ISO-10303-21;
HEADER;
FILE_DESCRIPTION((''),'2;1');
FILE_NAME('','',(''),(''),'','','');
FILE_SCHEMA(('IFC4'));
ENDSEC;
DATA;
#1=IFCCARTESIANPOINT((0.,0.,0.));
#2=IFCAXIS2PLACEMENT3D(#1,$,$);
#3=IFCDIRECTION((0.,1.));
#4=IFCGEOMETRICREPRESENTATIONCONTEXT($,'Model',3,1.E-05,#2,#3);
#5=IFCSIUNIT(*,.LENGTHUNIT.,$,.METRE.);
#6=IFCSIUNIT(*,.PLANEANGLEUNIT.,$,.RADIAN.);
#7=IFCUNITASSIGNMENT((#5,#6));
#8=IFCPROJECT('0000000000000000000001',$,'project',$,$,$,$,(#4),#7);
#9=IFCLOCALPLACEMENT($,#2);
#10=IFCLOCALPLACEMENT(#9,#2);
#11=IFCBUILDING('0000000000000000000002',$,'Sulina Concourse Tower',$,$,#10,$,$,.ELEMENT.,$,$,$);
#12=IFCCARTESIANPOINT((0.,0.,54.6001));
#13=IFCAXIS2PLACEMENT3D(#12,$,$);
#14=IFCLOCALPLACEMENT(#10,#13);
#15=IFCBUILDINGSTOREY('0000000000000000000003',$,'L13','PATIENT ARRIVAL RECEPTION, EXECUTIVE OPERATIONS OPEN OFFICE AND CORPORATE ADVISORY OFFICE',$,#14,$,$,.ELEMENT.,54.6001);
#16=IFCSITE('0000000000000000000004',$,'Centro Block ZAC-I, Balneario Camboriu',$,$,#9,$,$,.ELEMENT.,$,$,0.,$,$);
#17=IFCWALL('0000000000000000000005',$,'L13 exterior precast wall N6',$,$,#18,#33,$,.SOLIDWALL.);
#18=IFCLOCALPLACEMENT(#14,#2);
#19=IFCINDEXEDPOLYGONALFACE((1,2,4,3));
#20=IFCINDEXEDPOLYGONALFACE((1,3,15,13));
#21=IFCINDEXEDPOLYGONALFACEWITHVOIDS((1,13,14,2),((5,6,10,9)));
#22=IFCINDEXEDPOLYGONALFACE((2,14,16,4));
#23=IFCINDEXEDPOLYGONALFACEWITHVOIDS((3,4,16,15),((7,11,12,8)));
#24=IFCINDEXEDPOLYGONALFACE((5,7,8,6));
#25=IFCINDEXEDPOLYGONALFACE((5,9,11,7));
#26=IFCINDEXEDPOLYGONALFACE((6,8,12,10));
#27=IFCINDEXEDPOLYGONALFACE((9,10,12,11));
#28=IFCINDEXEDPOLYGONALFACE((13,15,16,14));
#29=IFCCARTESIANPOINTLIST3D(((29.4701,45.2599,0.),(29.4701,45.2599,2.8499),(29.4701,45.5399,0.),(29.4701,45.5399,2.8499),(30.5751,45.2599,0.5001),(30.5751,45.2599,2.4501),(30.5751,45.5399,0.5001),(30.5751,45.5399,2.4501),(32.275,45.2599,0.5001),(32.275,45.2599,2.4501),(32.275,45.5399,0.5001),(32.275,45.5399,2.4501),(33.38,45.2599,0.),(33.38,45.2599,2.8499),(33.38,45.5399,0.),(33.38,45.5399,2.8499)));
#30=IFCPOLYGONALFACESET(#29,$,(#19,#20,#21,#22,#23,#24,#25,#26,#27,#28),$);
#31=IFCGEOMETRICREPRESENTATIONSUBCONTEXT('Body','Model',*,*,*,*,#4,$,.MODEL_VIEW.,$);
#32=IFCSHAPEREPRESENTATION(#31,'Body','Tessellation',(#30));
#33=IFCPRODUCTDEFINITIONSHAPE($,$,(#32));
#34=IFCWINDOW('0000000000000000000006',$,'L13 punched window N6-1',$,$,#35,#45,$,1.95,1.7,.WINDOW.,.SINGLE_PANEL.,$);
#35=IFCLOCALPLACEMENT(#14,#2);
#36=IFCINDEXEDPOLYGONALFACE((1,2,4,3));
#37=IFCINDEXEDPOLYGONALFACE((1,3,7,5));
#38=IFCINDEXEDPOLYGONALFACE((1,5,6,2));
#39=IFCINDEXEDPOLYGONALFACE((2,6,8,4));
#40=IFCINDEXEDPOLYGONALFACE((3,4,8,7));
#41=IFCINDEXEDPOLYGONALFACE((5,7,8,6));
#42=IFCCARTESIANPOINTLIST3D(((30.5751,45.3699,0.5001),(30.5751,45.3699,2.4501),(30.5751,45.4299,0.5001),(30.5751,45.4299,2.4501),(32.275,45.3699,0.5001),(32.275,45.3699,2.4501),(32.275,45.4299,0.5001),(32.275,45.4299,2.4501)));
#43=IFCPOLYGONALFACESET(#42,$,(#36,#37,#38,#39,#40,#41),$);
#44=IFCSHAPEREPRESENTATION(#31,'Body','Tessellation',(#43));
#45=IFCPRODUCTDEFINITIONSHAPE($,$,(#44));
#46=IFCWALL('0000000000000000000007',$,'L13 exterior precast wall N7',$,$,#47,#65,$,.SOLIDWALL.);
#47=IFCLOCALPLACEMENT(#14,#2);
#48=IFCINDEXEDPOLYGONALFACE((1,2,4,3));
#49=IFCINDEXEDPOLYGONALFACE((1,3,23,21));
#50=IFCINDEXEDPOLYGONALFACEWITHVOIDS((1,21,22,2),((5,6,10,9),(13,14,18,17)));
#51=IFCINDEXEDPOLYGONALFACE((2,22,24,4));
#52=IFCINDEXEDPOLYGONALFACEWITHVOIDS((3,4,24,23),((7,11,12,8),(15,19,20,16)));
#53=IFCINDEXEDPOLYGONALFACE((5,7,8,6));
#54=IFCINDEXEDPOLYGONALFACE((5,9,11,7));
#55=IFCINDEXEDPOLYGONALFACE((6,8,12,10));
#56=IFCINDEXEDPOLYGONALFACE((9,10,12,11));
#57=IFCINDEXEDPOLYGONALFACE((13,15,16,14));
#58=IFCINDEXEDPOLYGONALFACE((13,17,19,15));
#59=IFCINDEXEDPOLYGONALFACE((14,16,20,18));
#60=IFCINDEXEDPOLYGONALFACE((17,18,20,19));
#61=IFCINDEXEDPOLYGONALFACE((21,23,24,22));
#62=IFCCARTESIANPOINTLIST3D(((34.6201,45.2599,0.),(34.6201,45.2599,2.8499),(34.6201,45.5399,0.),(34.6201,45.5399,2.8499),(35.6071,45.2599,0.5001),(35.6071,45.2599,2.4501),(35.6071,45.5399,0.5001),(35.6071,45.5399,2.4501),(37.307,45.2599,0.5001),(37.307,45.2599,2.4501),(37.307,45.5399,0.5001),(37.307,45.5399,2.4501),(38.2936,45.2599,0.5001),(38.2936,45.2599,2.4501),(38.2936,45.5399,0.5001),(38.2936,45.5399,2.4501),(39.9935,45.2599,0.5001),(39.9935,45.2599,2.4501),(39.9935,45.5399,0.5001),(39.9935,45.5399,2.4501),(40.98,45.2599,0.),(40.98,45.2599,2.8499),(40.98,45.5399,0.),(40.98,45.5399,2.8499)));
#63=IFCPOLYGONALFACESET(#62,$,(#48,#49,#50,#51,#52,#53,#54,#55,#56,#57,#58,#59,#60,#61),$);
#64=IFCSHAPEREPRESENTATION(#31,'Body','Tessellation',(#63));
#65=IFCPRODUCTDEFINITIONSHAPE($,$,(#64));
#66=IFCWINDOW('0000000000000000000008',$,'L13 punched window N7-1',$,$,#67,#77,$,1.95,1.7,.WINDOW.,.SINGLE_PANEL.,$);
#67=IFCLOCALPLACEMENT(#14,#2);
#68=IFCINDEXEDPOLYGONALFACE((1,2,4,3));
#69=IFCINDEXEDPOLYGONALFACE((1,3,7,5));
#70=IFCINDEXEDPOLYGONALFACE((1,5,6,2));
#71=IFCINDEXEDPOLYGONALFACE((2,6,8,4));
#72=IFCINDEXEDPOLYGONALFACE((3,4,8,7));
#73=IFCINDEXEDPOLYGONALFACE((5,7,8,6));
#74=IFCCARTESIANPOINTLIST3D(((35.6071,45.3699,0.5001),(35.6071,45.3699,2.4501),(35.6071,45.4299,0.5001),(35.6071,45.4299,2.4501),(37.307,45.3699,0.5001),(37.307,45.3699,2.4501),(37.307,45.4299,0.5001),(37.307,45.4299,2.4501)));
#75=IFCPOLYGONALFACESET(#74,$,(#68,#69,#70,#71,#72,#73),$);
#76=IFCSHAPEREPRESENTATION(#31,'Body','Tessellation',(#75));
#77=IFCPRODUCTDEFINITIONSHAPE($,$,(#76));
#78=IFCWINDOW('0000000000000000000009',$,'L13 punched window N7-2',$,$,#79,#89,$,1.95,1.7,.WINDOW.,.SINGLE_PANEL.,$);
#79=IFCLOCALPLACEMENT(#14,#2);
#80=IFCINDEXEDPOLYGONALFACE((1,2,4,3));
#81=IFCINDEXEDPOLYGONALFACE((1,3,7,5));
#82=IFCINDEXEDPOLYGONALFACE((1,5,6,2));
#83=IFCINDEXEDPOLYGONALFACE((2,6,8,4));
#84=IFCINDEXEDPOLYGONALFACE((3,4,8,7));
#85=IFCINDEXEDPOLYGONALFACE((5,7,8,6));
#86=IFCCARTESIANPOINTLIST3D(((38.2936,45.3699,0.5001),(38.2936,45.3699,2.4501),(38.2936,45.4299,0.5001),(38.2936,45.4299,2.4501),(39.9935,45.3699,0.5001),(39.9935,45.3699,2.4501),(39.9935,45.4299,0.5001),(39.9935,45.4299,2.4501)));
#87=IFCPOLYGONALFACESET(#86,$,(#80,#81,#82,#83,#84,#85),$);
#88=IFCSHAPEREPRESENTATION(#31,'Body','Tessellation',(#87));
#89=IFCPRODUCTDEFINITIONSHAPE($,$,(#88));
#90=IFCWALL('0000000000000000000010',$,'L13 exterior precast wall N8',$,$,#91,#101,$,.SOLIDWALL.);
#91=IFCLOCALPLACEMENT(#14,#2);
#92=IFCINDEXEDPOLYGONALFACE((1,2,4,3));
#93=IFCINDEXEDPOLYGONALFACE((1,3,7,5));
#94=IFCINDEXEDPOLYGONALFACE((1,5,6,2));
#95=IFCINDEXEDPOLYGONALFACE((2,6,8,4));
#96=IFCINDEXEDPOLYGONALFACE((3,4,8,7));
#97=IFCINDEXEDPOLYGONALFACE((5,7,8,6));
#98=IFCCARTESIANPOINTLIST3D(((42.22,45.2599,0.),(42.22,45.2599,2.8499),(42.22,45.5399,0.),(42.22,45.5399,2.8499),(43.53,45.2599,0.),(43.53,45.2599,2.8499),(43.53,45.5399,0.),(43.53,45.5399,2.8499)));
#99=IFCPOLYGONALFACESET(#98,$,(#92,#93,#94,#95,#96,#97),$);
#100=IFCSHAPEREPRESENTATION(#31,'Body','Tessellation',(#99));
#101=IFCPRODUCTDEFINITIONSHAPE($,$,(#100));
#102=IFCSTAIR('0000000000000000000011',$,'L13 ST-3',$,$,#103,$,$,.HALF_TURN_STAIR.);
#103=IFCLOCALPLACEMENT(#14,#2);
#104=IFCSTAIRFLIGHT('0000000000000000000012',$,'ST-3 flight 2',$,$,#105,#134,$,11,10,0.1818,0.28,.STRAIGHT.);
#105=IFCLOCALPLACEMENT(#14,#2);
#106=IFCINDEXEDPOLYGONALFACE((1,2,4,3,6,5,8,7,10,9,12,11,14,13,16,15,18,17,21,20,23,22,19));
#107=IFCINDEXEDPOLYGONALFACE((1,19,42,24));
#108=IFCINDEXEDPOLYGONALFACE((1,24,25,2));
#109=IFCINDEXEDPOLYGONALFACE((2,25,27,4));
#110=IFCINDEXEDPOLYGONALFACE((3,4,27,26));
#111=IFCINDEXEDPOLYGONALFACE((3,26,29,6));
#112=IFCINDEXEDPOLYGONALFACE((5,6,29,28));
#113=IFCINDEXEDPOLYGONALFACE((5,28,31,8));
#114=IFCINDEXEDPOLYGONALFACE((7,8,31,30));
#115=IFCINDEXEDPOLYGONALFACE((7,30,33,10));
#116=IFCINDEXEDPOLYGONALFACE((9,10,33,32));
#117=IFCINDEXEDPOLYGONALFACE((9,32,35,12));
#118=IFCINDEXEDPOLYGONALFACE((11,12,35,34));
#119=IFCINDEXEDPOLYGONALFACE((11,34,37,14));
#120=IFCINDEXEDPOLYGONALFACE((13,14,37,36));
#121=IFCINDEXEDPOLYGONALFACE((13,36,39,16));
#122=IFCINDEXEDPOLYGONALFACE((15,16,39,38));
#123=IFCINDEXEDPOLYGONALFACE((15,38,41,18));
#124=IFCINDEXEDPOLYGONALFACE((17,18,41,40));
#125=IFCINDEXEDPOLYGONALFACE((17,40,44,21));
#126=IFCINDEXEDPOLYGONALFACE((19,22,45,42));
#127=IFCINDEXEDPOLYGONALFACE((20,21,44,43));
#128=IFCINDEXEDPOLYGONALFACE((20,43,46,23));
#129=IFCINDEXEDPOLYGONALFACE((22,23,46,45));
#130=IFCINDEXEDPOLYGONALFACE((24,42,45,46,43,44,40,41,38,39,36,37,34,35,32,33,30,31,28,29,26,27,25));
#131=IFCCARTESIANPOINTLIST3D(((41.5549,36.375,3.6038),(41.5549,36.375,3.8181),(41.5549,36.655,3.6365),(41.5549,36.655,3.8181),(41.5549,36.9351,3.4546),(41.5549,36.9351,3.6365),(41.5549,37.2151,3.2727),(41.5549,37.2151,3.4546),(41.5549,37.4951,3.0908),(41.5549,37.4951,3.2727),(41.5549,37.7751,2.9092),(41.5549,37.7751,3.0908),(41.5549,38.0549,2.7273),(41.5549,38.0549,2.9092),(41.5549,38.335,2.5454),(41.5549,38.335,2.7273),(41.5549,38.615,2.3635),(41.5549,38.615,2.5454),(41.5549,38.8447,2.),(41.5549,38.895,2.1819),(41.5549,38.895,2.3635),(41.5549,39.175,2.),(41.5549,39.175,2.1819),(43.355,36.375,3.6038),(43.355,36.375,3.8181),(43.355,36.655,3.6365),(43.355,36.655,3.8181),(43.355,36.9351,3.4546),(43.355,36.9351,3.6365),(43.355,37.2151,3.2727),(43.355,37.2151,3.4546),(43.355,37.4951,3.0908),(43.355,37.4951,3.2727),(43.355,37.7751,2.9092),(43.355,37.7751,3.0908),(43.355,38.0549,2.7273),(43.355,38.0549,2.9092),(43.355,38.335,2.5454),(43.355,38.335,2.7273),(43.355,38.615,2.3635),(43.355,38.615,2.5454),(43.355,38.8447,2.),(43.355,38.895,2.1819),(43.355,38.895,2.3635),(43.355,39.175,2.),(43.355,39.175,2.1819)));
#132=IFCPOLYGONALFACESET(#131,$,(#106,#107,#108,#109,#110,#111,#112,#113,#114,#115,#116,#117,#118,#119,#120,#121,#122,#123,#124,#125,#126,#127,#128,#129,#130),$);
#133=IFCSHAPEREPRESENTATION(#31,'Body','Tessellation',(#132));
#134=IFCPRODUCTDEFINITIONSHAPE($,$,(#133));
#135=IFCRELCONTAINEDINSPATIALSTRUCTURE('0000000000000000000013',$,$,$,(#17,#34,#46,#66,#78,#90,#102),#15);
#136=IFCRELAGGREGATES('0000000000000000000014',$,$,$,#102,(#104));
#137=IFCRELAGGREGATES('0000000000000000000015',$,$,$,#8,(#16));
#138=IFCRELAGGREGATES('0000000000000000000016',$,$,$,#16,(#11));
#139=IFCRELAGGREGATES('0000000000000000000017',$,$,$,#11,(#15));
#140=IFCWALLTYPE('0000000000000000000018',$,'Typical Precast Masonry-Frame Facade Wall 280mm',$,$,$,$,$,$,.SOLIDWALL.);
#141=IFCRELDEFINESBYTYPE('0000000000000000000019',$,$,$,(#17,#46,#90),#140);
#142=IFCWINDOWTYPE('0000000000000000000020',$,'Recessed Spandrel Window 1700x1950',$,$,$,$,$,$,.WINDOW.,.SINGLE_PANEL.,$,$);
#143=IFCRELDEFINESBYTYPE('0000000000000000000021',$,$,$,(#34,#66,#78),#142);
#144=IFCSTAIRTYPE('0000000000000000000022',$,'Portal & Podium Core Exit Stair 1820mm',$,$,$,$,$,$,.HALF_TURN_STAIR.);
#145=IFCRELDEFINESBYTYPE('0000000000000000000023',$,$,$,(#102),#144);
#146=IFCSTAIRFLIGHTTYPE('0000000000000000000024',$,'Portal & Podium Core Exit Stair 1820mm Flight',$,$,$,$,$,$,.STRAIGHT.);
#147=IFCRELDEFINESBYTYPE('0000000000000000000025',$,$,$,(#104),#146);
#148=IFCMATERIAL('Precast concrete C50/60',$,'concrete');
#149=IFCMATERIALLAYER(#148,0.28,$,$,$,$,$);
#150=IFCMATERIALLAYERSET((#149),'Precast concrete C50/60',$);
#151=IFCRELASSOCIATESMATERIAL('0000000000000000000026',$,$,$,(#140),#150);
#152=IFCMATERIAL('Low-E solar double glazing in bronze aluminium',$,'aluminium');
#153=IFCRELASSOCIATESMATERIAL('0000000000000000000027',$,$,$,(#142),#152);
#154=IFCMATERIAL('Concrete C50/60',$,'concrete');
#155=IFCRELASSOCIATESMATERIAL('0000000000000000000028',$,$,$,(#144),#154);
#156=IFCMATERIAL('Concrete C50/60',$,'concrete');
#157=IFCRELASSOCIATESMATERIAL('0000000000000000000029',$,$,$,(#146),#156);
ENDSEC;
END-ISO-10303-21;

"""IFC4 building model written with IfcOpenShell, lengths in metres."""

from ifc_helpers import new_model, si_unit, direction, frame, frame_2d, origin, place, context, subcontext, project, spatial, polyline, rectangle, outline, extrude, material, layer, layer_set, type_object, element, fill, aggregate, save


model = new_model("IFC4")

# Units and contexts
model_context = context("Model", 3, precision=1e-05, world=origin(), true_north=direction((0.0, 1.0)))
body_context = subcontext(model_context, "Body", "Model", "MODEL_VIEW")
ifc_project = project(units=[si_unit("LENGTHUNIT", "METRE"), si_unit("PLANEANGLEUNIT", "RADIAN")], contexts=[model_context])

# Site, building, storey
site_placement = place(None, origin())
site = spatial("IfcSite", under=ifc_project, at=site_placement, Name="Centro Block ZAC-I, Balneario Camboriu", CompositionType="ELEMENT", RefElevation=0.0)
building_placement = place(site_placement, origin())
building = spatial("IfcBuilding", under=site, at=building_placement, Name="Sulina Concourse Tower", CompositionType="ELEMENT")
storey_placement = place(building_placement, frame((0.0, 0.0, 54.6001)))
storey = spatial("IfcBuildingStorey", under=building, at=storey_placement, Name="L13", Description="PATIENT ARRIVAL RECEPTION, EXECUTIVE OPERATIONS OPEN OFFICE AND CORPORATE ADVISORY OFFICE", CompositionType="ELEMENT", Elevation=54.6001)

# Wall, opening, window
ifc_material_1 = material(Name="Precast concrete C50/60", Category="concrete")
ifc_layer_1 = layer(ifc_material_1, 0.28)
ifc_layer_set_1 = layer_set([ifc_layer_1], Name="Precast concrete C50/60")
wall_type_1 = type_object("IfcWallType", Name="Typical Precast Masonry-Frame Facade Wall 280mm", PredefinedType="SOLIDWALL", material=ifc_layer_set_1)
ifc_material_2 = material(Name="Low-E solar double glazing in bronze aluminium", Category="aluminium")
window_type = type_object("IfcWindowType", Name="Recessed Spandrel Window 1700x1950", PartitioningType="SINGLE_PANEL", PredefinedType="WINDOW", material=ifc_material_2)
wall_1_placement = place(storey_placement, frame((29.47, 45.3999, 0.0), z_axis=(0.0, 0.0, 1.0), x_axis=(1.0, 0.0, 0.0)))
wall_1 = element("IfcWall", 1, at=wall_1_placement, inside=storey, type_object=wall_type_1, Name="L13 exterior precast wall N6", PredefinedType="SOLIDWALL", context=body_context, shape_type="SweptSolid", body=[
    extrude(rectangle(XDim=3.9099, YDim=0.28, at=frame_2d((1.9551, 0.0))), origin(), (0.0, 0.0, 1.0), 2.8499),
])
opening_1_placement = place(wall_1_placement, frame((1.105, 0.0, 0.5)))
opening_1 = element("IfcOpeningElement", 2, at=opening_1_placement, cuts=wall_1, PredefinedType="OPENING", context=body_context, shape_type="SweptSolid", body=[
    extrude(rectangle(XDim=1.7, YDim=1.95, at=frame_2d((0.8501, 0.9751))), frame((0.0, 0.1499, 0.0), z_axis=(0.0, -1.0, 0.0), x_axis=(1.0, 0.0, 0.0)), (0.0, 0.0, 1.0), 0.3),
])
window_1_placement = place(opening_1_placement, origin())
window_1 = element("IfcWindow", 3, at=window_1_placement, inside=storey, type_object=window_type, Name="L13 punched window N6-1", OverallHeight=1.95, OverallWidth=1.7, PartitioningType="SINGLE_PANEL", PredefinedType="WINDOW", context=body_context, shape_type="SweptSolid", body=[
    extrude(rectangle(XDim=1.7, YDim=1.95, at=frame_2d((0.8501, 0.9751))), frame((0.0, 0.03, 0.0), z_axis=(0.0, -1.0, 0.0), x_axis=(1.0, 0.0, 0.0)), (0.0, 0.0, 1.0), 0.0601),
])
fill(opening_1, window_1)

# Wall, openings, windows
wall_2_placement = place(storey_placement, frame((34.6201, 45.3999, 0.0), z_axis=(0.0, 0.0, 1.0), x_axis=(1.0, 0.0, 0.0)))
wall_2 = element("IfcWall", 4, at=wall_2_placement, inside=storey, type_object=wall_type_1, Name="L13 exterior precast wall N7", PredefinedType="SOLIDWALL", context=body_context, shape_type="SweptSolid", body=[
    extrude(rectangle(XDim=6.3599, YDim=0.28, at=frame_2d((3.1799, 0.0))), origin(), (0.0, 0.0, 1.0), 2.8499),
])
opening_2_placement = place(wall_2_placement, frame((0.9868, 0.0, 0.5)))
opening_2 = element("IfcOpeningElement", 5, at=opening_2_placement, cuts=wall_2, PredefinedType="OPENING", context=body_context, shape_type="SweptSolid", body=[
    extrude(rectangle(XDim=1.7, YDim=1.95, at=frame_2d((0.8501, 0.9751))), frame((0.0, 0.1499, 0.0), z_axis=(0.0, -1.0, 0.0), x_axis=(1.0, 0.0, 0.0)), (0.0, 0.0, 1.0), 0.3),
])
opening_3_placement = place(wall_2_placement, frame((3.6733, 0.0, 0.5)))
opening_3 = element("IfcOpeningElement", 6, at=opening_3_placement, cuts=wall_2, PredefinedType="OPENING", context=body_context, shape_type="SweptSolid", body=[
    extrude(rectangle(XDim=1.7, YDim=1.95, at=frame_2d((0.8501, 0.9751))), frame((0.0, 0.1499, 0.0), z_axis=(0.0, -1.0, 0.0), x_axis=(1.0, 0.0, 0.0)), (0.0, 0.0, 1.0), 0.3),
])
window_2_placement = place(opening_2_placement, origin())
window_2 = element("IfcWindow", 7, at=window_2_placement, inside=storey, type_object=window_type, Name="L13 punched window N7-1", OverallHeight=1.95, OverallWidth=1.7, PartitioningType="SINGLE_PANEL", PredefinedType="WINDOW", context=body_context, shape_type="SweptSolid", body=[
    extrude(rectangle(XDim=1.7, YDim=1.95, at=frame_2d((0.8501, 0.9751))), frame((0.0, 0.03, 0.0), z_axis=(0.0, -1.0, 0.0), x_axis=(1.0, 0.0, 0.0)), (0.0, 0.0, 1.0), 0.0601),
])
fill(opening_2, window_2)
window_3_placement = place(opening_3_placement, origin())
window_3 = element("IfcWindow", 8, at=window_3_placement, inside=storey, type_object=window_type, Name="L13 punched window N7-2", OverallHeight=1.95, OverallWidth=1.7, PartitioningType="SINGLE_PANEL", PredefinedType="WINDOW", context=body_context, shape_type="SweptSolid", body=[
    extrude(rectangle(XDim=1.7, YDim=1.95, at=frame_2d((0.8501, 0.9751))), frame((0.0, 0.03, 0.0), z_axis=(0.0, -1.0, 0.0), x_axis=(1.0, 0.0, 0.0)), (0.0, 0.0, 1.0), 0.0601),
])
fill(opening_3, window_3)

# Wall
wall_3_placement = place(storey_placement, frame((42.22, 45.3999, 0.0), z_axis=(0.0, 0.0, 1.0), x_axis=(1.0, 0.0, 0.0)))
element("IfcWall", 9, at=wall_3_placement, inside=storey, type_object=wall_type_1, Name="L13 exterior precast wall N8", PredefinedType="SOLIDWALL", context=body_context, shape_type="SweptSolid", body=[
    extrude(rectangle(XDim=1.3101, YDim=0.28, at=frame_2d((0.655, 0.0))), origin(), (0.0, 0.0, 1.0), 2.8499),
])

# Stair, stair flight
ifc_material_3 = material(Name="Concrete C50/60", Category="concrete")
stair_type = type_object("IfcStairType", Name="Portal & Podium Core Exit Stair 1820mm", PredefinedType="HALF_TURN_STAIR", material=ifc_material_3)
stair_placement = place(storey_placement, origin())
stair = element("IfcStair", 10, at=stair_placement, inside=storey, type_object=stair_type, Name="L13 ST-3", PredefinedType="HALF_TURN_STAIR")
ifc_material_4 = material(Name="Concrete C50/60", Category="concrete")
stair_flight_type = type_object("IfcStairFlightType", Name="Portal & Podium Core Exit Stair 1820mm Flight", PredefinedType="STRAIGHT", material=ifc_material_4)
stair_flight_placement = place(storey_placement, frame((42.4551, 39.175, 2.0), z_axis=(0.0, 0.0, 1.0), x_axis=(0.0, -1.0, 0.0)))
stair_flight = element("IfcStairFlight", 11, at=stair_flight_placement, type_object=stair_flight_type, Name="ST-3 flight 2", NumberOfRisers=11, NumberOfTreads=10, PredefinedType="STRAIGHT", RiserHeight=0.1818, TreadLength=0.28, context=body_context, shape_type="SweptSolid", body=[
    extrude(outline(polyline([(0.0, 0.0), (0.0, 0.1819), (0.28, 0.1819), (0.28, 0.3635), (0.5601, 0.3635), (0.5601, 0.5454), (0.8401, 0.5454), (0.8401, 0.7273), (1.1201, 0.7273), (1.1201, 0.9092), (1.3999, 0.9092), (1.3999, 1.0908), (1.6799, 1.0908), (1.6799, 1.2727), (1.96, 1.2727), (1.96, 1.4546), (2.24, 1.4546), (2.24, 1.6365), (2.52, 1.6365), (2.52, 1.8181), (2.8, 1.8181), (2.8, 2.0), (2.8, 1.6038), (0.3303, 0.0), (0.0, 0.0)])), frame((0.0, 0.8999, 0.0), z_axis=(0.0, -1.0, 0.0), x_axis=(1.0, 0.0, 0.0)), (0.0, 0.0, 1.0), 1.8),
])
aggregate(stair, [stair_flight])

save(model, "model.ifc")
